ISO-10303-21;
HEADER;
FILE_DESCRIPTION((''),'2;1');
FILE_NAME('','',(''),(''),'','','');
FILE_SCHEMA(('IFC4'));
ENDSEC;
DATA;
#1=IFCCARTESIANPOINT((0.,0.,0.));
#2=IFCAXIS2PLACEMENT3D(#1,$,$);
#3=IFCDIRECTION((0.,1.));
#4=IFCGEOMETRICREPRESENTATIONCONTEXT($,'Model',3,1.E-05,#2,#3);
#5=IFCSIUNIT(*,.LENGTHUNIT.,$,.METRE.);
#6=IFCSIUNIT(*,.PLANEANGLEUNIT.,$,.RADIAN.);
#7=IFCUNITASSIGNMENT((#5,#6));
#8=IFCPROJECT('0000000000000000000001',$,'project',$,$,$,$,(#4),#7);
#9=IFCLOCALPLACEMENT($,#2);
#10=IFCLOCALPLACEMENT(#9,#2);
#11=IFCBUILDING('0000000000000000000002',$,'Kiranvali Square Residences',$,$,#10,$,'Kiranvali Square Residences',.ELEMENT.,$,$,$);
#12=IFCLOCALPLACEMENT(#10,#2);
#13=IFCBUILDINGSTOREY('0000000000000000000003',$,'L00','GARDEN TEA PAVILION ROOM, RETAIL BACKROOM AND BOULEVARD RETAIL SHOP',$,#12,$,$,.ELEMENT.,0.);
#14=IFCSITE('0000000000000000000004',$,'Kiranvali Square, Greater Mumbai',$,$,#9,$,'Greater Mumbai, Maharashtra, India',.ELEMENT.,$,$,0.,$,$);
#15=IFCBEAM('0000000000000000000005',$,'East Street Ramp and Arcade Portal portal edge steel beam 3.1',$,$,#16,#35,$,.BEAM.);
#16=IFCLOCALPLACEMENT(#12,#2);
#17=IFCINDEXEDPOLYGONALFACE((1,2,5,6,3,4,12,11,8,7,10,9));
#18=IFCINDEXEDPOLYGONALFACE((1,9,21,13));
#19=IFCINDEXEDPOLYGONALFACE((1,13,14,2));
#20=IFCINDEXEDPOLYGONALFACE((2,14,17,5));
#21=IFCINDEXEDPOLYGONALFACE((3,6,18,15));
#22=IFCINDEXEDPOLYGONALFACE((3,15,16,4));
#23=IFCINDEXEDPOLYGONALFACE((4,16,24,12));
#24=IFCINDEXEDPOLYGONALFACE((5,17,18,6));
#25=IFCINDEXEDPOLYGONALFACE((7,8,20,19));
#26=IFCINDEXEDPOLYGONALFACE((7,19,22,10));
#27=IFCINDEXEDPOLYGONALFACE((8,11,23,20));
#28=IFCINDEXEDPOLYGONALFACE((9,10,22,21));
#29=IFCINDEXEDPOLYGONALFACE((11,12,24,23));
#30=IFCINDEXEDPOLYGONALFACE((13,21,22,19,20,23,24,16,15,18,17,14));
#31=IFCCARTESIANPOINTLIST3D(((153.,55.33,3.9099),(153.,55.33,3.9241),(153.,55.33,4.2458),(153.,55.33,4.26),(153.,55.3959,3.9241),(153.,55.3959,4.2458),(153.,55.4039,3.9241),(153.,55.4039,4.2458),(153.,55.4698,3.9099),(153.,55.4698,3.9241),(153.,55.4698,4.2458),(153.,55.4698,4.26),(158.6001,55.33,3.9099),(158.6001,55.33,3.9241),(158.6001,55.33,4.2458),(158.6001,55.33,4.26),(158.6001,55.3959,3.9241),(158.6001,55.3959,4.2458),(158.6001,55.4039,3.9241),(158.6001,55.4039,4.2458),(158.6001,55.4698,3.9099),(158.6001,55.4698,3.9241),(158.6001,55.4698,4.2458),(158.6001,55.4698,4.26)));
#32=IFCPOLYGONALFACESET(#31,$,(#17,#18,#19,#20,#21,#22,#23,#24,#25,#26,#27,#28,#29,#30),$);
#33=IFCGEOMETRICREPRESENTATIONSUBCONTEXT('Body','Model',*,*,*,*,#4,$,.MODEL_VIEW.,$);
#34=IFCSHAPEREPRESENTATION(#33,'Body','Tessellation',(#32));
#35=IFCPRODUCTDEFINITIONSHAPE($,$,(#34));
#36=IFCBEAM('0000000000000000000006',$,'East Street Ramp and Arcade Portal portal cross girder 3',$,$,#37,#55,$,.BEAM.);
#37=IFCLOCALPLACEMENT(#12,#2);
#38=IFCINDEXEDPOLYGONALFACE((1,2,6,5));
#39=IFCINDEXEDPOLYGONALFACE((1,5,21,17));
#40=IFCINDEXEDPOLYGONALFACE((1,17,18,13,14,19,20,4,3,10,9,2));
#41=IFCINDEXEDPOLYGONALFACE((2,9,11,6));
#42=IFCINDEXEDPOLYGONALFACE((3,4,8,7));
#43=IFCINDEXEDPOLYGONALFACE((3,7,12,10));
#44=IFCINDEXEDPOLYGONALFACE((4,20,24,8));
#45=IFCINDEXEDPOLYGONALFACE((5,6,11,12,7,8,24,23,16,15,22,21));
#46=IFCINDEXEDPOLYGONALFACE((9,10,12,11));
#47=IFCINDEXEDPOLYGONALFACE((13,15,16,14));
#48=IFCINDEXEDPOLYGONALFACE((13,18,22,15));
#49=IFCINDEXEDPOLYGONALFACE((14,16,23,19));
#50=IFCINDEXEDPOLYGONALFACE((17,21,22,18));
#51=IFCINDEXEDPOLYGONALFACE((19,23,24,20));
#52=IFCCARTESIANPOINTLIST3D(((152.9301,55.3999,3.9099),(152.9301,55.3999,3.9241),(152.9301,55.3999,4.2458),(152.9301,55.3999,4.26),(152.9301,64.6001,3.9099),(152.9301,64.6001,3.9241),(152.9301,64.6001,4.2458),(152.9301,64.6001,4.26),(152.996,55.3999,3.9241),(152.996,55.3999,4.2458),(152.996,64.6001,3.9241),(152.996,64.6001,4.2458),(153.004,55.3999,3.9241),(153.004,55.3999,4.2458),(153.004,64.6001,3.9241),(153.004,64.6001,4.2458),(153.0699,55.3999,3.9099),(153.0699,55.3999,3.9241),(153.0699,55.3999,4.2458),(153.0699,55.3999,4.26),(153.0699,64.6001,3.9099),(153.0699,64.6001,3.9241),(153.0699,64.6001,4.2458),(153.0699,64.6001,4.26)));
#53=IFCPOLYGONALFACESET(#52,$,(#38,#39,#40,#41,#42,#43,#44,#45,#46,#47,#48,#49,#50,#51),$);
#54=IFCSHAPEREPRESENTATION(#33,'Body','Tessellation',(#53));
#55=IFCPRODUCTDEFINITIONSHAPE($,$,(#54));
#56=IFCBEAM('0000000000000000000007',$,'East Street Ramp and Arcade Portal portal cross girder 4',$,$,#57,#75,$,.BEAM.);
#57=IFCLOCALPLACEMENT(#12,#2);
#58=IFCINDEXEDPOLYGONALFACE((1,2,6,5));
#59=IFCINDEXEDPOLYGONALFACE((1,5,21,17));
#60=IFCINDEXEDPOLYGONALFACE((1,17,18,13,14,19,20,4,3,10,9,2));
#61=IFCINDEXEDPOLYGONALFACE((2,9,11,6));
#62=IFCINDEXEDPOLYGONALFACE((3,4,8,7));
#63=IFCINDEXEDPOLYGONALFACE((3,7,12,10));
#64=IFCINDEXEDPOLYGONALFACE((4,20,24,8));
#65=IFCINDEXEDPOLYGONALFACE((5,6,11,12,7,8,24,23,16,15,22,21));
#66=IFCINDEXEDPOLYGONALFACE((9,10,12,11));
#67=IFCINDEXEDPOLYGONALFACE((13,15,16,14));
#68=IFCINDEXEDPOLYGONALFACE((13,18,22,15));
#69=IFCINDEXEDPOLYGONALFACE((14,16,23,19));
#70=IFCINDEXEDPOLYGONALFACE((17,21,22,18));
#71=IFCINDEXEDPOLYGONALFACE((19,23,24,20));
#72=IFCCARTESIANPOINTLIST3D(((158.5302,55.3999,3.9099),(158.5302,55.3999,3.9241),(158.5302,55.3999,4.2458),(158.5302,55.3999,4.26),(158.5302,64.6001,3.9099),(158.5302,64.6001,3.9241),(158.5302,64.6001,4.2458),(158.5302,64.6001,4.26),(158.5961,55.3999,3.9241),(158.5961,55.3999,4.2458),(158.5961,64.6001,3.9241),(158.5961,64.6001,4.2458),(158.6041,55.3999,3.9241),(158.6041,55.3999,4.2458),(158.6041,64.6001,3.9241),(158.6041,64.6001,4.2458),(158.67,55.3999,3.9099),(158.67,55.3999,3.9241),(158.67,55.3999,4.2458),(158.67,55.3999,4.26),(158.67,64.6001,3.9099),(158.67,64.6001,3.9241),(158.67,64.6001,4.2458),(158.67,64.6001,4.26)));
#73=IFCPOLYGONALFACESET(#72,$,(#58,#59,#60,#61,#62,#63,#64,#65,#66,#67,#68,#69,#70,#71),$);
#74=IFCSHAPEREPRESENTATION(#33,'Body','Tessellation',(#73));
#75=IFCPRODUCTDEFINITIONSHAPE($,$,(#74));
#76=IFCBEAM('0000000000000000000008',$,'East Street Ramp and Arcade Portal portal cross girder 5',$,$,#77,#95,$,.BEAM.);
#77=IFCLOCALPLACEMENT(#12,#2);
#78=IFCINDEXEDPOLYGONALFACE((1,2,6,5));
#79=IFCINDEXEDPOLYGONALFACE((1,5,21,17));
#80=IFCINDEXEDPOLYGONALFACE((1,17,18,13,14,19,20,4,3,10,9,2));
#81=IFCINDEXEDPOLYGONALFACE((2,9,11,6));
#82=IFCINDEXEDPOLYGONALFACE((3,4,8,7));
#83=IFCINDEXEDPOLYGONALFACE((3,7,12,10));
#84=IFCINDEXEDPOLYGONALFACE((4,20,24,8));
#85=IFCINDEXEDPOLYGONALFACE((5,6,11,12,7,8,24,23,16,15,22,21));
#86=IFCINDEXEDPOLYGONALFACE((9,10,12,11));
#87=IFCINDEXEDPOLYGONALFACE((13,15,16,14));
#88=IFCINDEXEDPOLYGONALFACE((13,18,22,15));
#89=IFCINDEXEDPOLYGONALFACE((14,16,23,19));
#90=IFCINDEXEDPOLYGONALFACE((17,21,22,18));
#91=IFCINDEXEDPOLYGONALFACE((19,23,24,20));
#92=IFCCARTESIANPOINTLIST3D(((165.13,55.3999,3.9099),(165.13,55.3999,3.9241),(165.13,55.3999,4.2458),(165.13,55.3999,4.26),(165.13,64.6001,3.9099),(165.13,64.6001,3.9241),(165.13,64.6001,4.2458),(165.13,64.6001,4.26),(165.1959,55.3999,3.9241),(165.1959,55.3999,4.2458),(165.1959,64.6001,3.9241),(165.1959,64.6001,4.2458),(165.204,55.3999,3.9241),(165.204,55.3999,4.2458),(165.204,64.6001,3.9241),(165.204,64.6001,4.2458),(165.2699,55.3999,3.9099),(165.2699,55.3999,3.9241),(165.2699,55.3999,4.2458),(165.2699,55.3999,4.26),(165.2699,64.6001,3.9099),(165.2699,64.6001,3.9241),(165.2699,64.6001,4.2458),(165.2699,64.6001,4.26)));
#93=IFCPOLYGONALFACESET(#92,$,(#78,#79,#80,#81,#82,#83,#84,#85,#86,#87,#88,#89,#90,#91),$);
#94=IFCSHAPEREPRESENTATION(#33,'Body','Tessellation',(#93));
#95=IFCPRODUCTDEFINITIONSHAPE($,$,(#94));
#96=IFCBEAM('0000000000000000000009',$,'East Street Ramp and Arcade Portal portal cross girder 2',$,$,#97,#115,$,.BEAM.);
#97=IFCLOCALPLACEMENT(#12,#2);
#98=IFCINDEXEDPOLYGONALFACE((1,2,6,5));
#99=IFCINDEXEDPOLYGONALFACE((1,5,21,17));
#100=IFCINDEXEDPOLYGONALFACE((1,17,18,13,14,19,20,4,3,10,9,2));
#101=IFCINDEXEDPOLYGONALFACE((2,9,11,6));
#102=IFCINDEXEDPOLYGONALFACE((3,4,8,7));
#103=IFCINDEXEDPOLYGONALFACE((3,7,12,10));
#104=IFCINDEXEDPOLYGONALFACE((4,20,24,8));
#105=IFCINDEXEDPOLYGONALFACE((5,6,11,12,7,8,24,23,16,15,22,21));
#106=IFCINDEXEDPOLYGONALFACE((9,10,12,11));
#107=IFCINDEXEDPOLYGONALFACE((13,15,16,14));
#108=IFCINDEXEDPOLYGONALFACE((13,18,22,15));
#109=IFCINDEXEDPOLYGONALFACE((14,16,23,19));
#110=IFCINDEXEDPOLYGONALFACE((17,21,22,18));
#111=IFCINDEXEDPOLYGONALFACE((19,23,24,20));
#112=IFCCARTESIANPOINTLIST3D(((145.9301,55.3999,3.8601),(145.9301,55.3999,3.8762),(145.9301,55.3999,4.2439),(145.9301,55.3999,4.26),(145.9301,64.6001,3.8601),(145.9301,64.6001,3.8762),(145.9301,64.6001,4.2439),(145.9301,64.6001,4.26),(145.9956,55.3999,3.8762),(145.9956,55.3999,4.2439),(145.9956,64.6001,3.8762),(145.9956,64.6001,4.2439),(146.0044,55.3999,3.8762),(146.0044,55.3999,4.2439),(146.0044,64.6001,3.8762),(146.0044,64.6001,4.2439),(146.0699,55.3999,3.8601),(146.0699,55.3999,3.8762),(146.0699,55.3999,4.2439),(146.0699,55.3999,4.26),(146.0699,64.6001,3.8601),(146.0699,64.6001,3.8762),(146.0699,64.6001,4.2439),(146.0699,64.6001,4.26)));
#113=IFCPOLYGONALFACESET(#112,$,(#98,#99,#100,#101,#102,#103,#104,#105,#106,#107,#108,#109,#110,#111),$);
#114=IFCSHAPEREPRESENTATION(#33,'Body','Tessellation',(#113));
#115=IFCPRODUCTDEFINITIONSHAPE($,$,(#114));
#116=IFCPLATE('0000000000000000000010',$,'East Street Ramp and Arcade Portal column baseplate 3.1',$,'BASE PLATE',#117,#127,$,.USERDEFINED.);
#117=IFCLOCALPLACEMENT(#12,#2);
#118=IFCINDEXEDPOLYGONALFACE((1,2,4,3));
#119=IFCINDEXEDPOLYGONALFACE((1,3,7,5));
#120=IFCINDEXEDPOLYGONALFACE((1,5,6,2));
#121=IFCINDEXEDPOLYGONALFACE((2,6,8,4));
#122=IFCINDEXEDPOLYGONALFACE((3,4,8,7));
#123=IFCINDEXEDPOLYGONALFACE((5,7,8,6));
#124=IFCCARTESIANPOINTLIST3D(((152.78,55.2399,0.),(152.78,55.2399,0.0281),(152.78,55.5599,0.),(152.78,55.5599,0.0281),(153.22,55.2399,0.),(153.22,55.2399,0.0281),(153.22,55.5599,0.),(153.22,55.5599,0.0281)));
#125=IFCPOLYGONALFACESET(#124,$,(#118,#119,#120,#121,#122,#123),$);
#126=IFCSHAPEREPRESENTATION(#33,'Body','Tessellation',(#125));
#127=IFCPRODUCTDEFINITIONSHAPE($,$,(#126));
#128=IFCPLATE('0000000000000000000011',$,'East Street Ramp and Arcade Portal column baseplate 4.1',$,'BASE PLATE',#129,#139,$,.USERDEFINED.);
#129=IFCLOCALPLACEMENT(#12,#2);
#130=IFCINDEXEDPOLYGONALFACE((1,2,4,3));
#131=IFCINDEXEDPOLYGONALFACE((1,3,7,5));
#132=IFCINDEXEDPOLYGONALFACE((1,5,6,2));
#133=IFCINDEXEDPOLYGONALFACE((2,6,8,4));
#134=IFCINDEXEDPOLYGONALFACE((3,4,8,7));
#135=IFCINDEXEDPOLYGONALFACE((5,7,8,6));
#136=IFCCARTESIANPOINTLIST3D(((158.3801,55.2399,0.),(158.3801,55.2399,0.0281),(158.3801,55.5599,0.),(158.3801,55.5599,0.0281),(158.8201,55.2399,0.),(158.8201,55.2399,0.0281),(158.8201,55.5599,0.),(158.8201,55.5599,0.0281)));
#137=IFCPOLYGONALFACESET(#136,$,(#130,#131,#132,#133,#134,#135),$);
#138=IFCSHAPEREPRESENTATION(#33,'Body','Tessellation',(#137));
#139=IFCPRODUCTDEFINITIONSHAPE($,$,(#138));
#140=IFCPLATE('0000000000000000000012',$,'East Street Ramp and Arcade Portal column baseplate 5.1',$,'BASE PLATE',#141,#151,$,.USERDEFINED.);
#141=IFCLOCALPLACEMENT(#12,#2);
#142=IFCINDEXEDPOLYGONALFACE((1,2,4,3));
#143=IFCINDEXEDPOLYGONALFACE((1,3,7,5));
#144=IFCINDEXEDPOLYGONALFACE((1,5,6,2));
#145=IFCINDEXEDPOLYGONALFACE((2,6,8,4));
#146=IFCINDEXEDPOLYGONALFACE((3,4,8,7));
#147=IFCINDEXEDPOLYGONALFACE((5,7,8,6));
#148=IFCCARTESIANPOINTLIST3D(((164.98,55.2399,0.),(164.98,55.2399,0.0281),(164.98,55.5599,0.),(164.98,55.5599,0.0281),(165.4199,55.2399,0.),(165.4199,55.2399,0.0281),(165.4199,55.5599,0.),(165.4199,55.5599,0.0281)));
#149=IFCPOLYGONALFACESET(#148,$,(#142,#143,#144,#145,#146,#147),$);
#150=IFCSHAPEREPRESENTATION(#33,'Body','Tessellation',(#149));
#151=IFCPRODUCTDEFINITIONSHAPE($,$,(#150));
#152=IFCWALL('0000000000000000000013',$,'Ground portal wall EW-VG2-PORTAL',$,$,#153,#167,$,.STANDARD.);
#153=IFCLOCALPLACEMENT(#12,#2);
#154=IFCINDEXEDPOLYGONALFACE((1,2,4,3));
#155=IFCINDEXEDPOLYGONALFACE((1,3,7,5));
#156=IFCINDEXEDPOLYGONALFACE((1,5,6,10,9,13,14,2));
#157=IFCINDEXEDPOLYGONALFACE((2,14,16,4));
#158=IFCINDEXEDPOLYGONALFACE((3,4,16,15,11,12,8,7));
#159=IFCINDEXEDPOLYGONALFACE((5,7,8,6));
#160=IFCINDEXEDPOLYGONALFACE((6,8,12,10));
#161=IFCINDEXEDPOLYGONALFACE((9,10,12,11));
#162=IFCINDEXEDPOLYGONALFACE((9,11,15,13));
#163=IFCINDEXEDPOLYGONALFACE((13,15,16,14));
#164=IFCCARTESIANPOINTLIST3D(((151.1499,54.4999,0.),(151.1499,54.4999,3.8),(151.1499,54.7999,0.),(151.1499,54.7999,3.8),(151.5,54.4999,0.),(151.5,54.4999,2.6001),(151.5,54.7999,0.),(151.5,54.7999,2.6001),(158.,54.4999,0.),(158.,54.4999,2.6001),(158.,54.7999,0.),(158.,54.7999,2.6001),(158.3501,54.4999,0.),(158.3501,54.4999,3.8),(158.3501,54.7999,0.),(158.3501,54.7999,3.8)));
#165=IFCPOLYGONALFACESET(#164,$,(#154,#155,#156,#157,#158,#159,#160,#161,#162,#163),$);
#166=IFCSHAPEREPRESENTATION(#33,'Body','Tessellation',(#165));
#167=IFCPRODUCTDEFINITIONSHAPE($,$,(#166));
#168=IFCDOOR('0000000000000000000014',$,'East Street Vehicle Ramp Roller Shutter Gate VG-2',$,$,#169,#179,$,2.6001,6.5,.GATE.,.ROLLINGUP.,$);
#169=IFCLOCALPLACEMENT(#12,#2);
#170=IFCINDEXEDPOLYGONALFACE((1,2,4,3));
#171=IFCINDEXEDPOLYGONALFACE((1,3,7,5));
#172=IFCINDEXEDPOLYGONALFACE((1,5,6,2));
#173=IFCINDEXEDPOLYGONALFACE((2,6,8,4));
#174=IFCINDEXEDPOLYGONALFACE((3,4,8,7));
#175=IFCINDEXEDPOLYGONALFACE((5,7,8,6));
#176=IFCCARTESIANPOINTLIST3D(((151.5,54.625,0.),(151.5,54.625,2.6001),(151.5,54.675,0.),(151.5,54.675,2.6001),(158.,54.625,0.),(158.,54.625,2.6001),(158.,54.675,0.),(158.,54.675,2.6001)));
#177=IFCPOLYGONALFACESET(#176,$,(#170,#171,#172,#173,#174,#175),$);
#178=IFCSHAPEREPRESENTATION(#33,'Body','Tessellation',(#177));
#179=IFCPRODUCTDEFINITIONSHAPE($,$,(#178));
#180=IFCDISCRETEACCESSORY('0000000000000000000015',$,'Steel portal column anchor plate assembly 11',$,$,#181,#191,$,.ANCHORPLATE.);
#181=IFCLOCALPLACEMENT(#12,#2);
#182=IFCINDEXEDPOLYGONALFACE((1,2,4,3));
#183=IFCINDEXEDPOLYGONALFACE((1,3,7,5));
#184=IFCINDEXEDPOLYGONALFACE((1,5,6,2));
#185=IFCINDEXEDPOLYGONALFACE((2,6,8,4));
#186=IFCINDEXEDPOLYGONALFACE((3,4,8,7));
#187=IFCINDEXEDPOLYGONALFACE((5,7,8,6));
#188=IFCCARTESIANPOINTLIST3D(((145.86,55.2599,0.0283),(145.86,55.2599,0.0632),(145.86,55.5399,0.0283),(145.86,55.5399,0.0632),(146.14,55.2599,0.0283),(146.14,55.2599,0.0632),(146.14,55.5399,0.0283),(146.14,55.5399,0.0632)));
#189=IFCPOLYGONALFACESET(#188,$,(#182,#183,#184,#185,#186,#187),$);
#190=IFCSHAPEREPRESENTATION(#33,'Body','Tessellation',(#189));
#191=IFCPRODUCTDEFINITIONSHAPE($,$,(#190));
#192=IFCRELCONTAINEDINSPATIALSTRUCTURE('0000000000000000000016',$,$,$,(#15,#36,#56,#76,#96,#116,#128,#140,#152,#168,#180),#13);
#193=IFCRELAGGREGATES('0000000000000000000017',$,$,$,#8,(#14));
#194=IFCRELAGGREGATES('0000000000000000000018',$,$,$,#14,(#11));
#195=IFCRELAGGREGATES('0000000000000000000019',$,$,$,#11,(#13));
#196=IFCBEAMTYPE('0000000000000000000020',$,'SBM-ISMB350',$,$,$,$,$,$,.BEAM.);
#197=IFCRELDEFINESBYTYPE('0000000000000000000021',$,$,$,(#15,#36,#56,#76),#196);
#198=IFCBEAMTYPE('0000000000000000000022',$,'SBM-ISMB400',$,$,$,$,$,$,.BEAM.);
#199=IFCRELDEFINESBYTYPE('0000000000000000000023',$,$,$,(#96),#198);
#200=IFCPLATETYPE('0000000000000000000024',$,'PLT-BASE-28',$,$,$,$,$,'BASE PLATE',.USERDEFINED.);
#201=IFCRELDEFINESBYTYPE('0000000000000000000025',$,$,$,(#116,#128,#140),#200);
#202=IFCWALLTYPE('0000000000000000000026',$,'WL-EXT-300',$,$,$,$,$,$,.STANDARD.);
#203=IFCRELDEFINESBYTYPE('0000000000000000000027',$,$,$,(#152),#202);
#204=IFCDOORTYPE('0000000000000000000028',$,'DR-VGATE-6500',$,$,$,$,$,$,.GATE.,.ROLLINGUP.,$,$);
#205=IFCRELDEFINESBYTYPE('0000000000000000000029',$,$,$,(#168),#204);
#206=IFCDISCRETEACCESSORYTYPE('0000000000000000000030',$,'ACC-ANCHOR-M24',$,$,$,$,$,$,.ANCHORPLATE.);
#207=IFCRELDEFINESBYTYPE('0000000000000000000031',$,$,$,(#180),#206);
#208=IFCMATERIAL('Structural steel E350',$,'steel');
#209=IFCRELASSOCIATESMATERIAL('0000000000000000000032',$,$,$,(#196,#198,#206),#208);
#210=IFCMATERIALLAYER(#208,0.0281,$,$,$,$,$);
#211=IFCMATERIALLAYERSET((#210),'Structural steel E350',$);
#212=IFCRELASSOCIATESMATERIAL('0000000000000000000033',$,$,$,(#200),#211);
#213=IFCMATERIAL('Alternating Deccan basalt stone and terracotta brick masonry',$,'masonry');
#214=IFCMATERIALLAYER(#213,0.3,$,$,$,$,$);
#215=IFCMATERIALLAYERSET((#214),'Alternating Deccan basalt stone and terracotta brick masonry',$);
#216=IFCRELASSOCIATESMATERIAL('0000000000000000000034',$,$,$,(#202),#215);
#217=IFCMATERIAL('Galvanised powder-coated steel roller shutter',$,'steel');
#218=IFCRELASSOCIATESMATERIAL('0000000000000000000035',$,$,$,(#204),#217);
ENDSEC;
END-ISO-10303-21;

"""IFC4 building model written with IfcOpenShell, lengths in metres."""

from ifc_helpers import new_model, si_unit, direction, frame, frame_2d, origin, origin_2d, place, context, subcontext, project, spatial, rectangle, i_section, extrude, material, layer, layer_set, material_profile, profile_set, type_object, element, fill, save


model = new_model("IFC4")

# Units and contexts
model_context = context("Model", 3, precision=1e-05, world=origin(), true_north=direction((0.0, 1.0)))
body_context = subcontext(model_context, "Body", "Model", "MODEL_VIEW")
ifc_project = project(units=[si_unit("LENGTHUNIT", "METRE"), si_unit("PLANEANGLEUNIT", "RADIAN")], contexts=[model_context])

# Site, building, storey
site_placement = place(None, origin())
site = spatial("IfcSite", under=ifc_project, at=site_placement, Name="Kiranvali Square, Greater Mumbai", LongName="Greater Mumbai, Maharashtra, India", CompositionType="ELEMENT", RefElevation=0.0)
building_placement = place(site_placement, origin())
building = spatial("IfcBuilding", under=site, at=building_placement, Name="Kiranvali Square Residences", LongName="Kiranvali Square Residences", CompositionType="ELEMENT")
storey_placement = place(building_placement, origin())
storey = spatial("IfcBuildingStorey", under=building, at=storey_placement, Name="L00", Description="GARDEN TEA PAVILION ROOM, RETAIL BACKROOM AND BOULEVARD RETAIL SHOP", CompositionType="ELEMENT", Elevation=0.0)

# Shared definitions
ifc_material_1 = material(Name="Structural steel E350", Category="steel")

# Beams
ifc_material_profile_1 = material_profile(ifc_material_1, i_section(OverallWidth=0.1399, OverallDepth=0.3501, WebThickness=0.0081, FlangeThickness=0.0142, at=origin_2d()), Name="ISMB 350")
ifc_profile_set_1 = profile_set([ifc_material_profile_1], Name="Structural steel E350")
beam_type_1 = type_object("IfcBeamType", Name="SBM-ISMB350", PredefinedType="BEAM", material=ifc_profile_set_1)
beam_1_placement = place(storey_placement, frame((153.0, 55.3999, 4.085), z_axis=(1.0, 0.0, 0.0), x_axis=(0.0, 1.0, 0.0)))
element("IfcBeam", 1, at=beam_1_placement, inside=storey, type_object=beam_type_1, Name="East Street Ramp and Arcade Portal portal edge steel beam 3.1", PredefinedType="BEAM", context=body_context, shape_type="SweptSolid", body=[
    extrude(i_section(OverallWidth=0.1399, OverallDepth=0.3501, WebThickness=0.0081, FlangeThickness=0.0142, at=origin_2d()), origin(), (0.0, 0.0, 1.0), 5.6001),
])
for number, where, z_axis, x_axis, name in (
    (2, (153.0, 55.3999, 4.085), (0.0, 1.0, 0.0), (-1.0, 0.0, 0.0), "East Street Ramp and Arcade Portal portal cross girder 3"),
    (3, (158.6001, 55.3999, 4.085), (0.0, 1.0, 0.0), (-1.0, 0.0, 0.0), "East Street Ramp and Arcade Portal portal cross girder 4"),
    (4, (165.2, 55.3999, 4.085), (0.0, 1.0, 0.0), (-1.0, 0.0, 0.0), "East Street Ramp and Arcade Portal portal cross girder 5"),
):
    element("IfcBeam", number, at=place(storey_placement, frame(where, z_axis=z_axis, x_axis=x_axis)), inside=storey, type_object=beam_type_1, Name=name, PredefinedType="BEAM", context=body_context, shape_type="SweptSolid", body=[
        extrude(i_section(OverallWidth=0.1399, OverallDepth=0.3501, WebThickness=0.0081, FlangeThickness=0.0142, at=origin_2d()), origin(), (0.0, 0.0, 1.0), 9.2002),
    ])
ifc_material_profile_2 = material_profile(ifc_material_1, i_section(OverallWidth=0.1399, OverallDepth=0.3999, WebThickness=0.0088, FlangeThickness=0.0161, at=origin_2d()), Name="ISMB 400")
ifc_profile_set_2 = profile_set([ifc_material_profile_2], Name="Structural steel E350")
beam_type_2 = type_object("IfcBeamType", Name="SBM-ISMB400", PredefinedType="BEAM", material=ifc_profile_set_2)
beam_2_placement = place(storey_placement, frame((146.0, 55.3999, 4.0601), z_axis=(0.0, 1.0, 0.0), x_axis=(-1.0, 0.0, 0.0)))
element("IfcBeam", 5, at=beam_2_placement, inside=storey, type_object=beam_type_2, Name="East Street Ramp and Arcade Portal portal cross girder 2", PredefinedType="BEAM", context=body_context, shape_type="SweptSolid", body=[
    extrude(i_section(OverallWidth=0.1399, OverallDepth=0.3999, WebThickness=0.0088, FlangeThickness=0.0161, at=origin_2d()), origin(), (0.0, 0.0, 1.0), 9.2002),
])

# Plates
ifc_layer_1 = layer(ifc_material_1, 0.0281)
ifc_layer_set_1 = layer_set([ifc_layer_1], Name="Structural steel E350")
plate_type = type_object("IfcPlateType", Name="PLT-BASE-28", ElementType="BASE PLATE", PredefinedType="USERDEFINED", material=ifc_layer_set_1)
for number, where, z_axis, x_axis, name in (
    (6, (153.0, 55.3999, 0.0), (0.0, 0.0, 1.0), (1.0, 0.0, 0.0), "East Street Ramp and Arcade Portal column baseplate 3.1"),
    (7, (158.6001, 55.3999, 0.0), (0.0, 0.0, 1.0), (1.0, 0.0, 0.0), "East Street Ramp and Arcade Portal column baseplate 4.1"),
    (8, (165.2, 55.3999, 0.0), (0.0, 0.0, 1.0), (1.0, 0.0, 0.0), "East Street Ramp and Arcade Portal column baseplate 5.1"),
):
    element("IfcPlate", number, at=place(storey_placement, frame(where, z_axis=z_axis, x_axis=x_axis)), inside=storey, type_object=plate_type, Name=name, ObjectType="BASE PLATE", PredefinedType="USERDEFINED", context=body_context, shape_type="SweptSolid", body=[
        extrude(rectangle(XDim=0.4399, YDim=0.3201, at=origin_2d()), origin(), (0.0, 0.0, 1.0), 0.0281),
    ])

# Wall, opening, door
ifc_material_2 = material(Name="Alternating Deccan basalt stone and terracotta brick masonry", Category="masonry")
ifc_layer_2 = layer(ifc_material_2, 0.3)
ifc_layer_set_2 = layer_set([ifc_layer_2], Name="Alternating Deccan basalt stone and terracotta brick masonry")
wall_type = type_object("IfcWallType", Name="WL-EXT-300", PredefinedType="STANDARD", material=ifc_layer_set_2)
wall_placement = place(storey_placement, frame((151.1499, 54.6499, 0.0), z_axis=(0.0, 0.0, 1.0), x_axis=(1.0, 0.0, 0.0)))
wall = element("IfcWall", 9, at=wall_placement, inside=storey, type_object=wall_type, Name="Ground portal wall EW-VG2-PORTAL", PredefinedType="STANDARD", context=body_context, shape_type="SweptSolid", body=[
    extrude(rectangle(XDim=7.2002, YDim=0.3, at=frame_2d((3.6001, 0.0))), origin(), (0.0, 0.0, 1.0), 3.8),
])
opening_placement = place(wall_placement, frame((0.3501, 0.0, 0.0)))
opening = element("IfcOpeningElement", 10, at=opening_placement, cuts=wall, PredefinedType="OPENING", context=body_context, shape_type="SweptSolid", body=[
    extrude(rectangle(XDim=6.5, YDim=2.6001, at=frame_2d((3.25, 1.3))), frame((0.0, 0.1599, 0.0), z_axis=(0.0, -1.0, 0.0), x_axis=(1.0, 0.0, 0.0)), (0.0, 0.0, 1.0), 0.3201),
])
ifc_material_3 = material(Name="Galvanised powder-coated steel roller shutter", Category="steel")
door_type = type_object("IfcDoorType", Name="DR-VGATE-6500", OperationType="ROLLINGUP", PredefinedType="GATE", material=ifc_material_3)
door_placement = place(opening_placement, frame((6.5, 0.0, 0.0), z_axis=(0.0, 0.0, 1.0), x_axis=(-1.0, 0.0, 0.0)))
door = element("IfcDoor", 11, at=door_placement, inside=storey, type_object=door_type, Name="East Street Vehicle Ramp Roller Shutter Gate VG-2", OperationType="ROLLINGUP", OverallHeight=2.6001, OverallWidth=6.5, PredefinedType="GATE", context=body_context, shape_type="SweptSolid", body=[
    extrude(rectangle(XDim=6.5, YDim=2.6001, at=frame_2d((3.25, 1.3))), frame((0.0, 0.0249, 0.0), z_axis=(0.0, -1.0, 0.0), x_axis=(1.0, 0.0, 0.0)), (0.0, 0.0, 1.0), 0.05),
])
fill(opening, door)

# Discrete accessory
discrete_accessory_type = type_object("IfcDiscreteAccessoryType", Name="ACC-ANCHOR-M24", PredefinedType="ANCHORPLATE", material=ifc_material_1)
for number, where, z_axis, x_axis, name in (
    (12, (146.0, 55.3999, 0.0283), (0.0, 0.0, 1.0), (1.0, 0.0, 0.0), "Steel portal column anchor plate assembly 11"),
):
    element("IfcDiscreteAccessory", number, at=place(storey_placement, frame(where, z_axis=z_axis, x_axis=x_axis)), inside=storey, type_object=discrete_accessory_type, Name=name, PredefinedType="ANCHORPLATE", context=body_context, shape_type="SweptSolid", body=[
        extrude(rectangle(XDim=0.28, YDim=0.28, at=origin_2d()), origin(), (0.0, 0.0, 1.0), 0.0349),
    ])

save(model, "model.ifc")
